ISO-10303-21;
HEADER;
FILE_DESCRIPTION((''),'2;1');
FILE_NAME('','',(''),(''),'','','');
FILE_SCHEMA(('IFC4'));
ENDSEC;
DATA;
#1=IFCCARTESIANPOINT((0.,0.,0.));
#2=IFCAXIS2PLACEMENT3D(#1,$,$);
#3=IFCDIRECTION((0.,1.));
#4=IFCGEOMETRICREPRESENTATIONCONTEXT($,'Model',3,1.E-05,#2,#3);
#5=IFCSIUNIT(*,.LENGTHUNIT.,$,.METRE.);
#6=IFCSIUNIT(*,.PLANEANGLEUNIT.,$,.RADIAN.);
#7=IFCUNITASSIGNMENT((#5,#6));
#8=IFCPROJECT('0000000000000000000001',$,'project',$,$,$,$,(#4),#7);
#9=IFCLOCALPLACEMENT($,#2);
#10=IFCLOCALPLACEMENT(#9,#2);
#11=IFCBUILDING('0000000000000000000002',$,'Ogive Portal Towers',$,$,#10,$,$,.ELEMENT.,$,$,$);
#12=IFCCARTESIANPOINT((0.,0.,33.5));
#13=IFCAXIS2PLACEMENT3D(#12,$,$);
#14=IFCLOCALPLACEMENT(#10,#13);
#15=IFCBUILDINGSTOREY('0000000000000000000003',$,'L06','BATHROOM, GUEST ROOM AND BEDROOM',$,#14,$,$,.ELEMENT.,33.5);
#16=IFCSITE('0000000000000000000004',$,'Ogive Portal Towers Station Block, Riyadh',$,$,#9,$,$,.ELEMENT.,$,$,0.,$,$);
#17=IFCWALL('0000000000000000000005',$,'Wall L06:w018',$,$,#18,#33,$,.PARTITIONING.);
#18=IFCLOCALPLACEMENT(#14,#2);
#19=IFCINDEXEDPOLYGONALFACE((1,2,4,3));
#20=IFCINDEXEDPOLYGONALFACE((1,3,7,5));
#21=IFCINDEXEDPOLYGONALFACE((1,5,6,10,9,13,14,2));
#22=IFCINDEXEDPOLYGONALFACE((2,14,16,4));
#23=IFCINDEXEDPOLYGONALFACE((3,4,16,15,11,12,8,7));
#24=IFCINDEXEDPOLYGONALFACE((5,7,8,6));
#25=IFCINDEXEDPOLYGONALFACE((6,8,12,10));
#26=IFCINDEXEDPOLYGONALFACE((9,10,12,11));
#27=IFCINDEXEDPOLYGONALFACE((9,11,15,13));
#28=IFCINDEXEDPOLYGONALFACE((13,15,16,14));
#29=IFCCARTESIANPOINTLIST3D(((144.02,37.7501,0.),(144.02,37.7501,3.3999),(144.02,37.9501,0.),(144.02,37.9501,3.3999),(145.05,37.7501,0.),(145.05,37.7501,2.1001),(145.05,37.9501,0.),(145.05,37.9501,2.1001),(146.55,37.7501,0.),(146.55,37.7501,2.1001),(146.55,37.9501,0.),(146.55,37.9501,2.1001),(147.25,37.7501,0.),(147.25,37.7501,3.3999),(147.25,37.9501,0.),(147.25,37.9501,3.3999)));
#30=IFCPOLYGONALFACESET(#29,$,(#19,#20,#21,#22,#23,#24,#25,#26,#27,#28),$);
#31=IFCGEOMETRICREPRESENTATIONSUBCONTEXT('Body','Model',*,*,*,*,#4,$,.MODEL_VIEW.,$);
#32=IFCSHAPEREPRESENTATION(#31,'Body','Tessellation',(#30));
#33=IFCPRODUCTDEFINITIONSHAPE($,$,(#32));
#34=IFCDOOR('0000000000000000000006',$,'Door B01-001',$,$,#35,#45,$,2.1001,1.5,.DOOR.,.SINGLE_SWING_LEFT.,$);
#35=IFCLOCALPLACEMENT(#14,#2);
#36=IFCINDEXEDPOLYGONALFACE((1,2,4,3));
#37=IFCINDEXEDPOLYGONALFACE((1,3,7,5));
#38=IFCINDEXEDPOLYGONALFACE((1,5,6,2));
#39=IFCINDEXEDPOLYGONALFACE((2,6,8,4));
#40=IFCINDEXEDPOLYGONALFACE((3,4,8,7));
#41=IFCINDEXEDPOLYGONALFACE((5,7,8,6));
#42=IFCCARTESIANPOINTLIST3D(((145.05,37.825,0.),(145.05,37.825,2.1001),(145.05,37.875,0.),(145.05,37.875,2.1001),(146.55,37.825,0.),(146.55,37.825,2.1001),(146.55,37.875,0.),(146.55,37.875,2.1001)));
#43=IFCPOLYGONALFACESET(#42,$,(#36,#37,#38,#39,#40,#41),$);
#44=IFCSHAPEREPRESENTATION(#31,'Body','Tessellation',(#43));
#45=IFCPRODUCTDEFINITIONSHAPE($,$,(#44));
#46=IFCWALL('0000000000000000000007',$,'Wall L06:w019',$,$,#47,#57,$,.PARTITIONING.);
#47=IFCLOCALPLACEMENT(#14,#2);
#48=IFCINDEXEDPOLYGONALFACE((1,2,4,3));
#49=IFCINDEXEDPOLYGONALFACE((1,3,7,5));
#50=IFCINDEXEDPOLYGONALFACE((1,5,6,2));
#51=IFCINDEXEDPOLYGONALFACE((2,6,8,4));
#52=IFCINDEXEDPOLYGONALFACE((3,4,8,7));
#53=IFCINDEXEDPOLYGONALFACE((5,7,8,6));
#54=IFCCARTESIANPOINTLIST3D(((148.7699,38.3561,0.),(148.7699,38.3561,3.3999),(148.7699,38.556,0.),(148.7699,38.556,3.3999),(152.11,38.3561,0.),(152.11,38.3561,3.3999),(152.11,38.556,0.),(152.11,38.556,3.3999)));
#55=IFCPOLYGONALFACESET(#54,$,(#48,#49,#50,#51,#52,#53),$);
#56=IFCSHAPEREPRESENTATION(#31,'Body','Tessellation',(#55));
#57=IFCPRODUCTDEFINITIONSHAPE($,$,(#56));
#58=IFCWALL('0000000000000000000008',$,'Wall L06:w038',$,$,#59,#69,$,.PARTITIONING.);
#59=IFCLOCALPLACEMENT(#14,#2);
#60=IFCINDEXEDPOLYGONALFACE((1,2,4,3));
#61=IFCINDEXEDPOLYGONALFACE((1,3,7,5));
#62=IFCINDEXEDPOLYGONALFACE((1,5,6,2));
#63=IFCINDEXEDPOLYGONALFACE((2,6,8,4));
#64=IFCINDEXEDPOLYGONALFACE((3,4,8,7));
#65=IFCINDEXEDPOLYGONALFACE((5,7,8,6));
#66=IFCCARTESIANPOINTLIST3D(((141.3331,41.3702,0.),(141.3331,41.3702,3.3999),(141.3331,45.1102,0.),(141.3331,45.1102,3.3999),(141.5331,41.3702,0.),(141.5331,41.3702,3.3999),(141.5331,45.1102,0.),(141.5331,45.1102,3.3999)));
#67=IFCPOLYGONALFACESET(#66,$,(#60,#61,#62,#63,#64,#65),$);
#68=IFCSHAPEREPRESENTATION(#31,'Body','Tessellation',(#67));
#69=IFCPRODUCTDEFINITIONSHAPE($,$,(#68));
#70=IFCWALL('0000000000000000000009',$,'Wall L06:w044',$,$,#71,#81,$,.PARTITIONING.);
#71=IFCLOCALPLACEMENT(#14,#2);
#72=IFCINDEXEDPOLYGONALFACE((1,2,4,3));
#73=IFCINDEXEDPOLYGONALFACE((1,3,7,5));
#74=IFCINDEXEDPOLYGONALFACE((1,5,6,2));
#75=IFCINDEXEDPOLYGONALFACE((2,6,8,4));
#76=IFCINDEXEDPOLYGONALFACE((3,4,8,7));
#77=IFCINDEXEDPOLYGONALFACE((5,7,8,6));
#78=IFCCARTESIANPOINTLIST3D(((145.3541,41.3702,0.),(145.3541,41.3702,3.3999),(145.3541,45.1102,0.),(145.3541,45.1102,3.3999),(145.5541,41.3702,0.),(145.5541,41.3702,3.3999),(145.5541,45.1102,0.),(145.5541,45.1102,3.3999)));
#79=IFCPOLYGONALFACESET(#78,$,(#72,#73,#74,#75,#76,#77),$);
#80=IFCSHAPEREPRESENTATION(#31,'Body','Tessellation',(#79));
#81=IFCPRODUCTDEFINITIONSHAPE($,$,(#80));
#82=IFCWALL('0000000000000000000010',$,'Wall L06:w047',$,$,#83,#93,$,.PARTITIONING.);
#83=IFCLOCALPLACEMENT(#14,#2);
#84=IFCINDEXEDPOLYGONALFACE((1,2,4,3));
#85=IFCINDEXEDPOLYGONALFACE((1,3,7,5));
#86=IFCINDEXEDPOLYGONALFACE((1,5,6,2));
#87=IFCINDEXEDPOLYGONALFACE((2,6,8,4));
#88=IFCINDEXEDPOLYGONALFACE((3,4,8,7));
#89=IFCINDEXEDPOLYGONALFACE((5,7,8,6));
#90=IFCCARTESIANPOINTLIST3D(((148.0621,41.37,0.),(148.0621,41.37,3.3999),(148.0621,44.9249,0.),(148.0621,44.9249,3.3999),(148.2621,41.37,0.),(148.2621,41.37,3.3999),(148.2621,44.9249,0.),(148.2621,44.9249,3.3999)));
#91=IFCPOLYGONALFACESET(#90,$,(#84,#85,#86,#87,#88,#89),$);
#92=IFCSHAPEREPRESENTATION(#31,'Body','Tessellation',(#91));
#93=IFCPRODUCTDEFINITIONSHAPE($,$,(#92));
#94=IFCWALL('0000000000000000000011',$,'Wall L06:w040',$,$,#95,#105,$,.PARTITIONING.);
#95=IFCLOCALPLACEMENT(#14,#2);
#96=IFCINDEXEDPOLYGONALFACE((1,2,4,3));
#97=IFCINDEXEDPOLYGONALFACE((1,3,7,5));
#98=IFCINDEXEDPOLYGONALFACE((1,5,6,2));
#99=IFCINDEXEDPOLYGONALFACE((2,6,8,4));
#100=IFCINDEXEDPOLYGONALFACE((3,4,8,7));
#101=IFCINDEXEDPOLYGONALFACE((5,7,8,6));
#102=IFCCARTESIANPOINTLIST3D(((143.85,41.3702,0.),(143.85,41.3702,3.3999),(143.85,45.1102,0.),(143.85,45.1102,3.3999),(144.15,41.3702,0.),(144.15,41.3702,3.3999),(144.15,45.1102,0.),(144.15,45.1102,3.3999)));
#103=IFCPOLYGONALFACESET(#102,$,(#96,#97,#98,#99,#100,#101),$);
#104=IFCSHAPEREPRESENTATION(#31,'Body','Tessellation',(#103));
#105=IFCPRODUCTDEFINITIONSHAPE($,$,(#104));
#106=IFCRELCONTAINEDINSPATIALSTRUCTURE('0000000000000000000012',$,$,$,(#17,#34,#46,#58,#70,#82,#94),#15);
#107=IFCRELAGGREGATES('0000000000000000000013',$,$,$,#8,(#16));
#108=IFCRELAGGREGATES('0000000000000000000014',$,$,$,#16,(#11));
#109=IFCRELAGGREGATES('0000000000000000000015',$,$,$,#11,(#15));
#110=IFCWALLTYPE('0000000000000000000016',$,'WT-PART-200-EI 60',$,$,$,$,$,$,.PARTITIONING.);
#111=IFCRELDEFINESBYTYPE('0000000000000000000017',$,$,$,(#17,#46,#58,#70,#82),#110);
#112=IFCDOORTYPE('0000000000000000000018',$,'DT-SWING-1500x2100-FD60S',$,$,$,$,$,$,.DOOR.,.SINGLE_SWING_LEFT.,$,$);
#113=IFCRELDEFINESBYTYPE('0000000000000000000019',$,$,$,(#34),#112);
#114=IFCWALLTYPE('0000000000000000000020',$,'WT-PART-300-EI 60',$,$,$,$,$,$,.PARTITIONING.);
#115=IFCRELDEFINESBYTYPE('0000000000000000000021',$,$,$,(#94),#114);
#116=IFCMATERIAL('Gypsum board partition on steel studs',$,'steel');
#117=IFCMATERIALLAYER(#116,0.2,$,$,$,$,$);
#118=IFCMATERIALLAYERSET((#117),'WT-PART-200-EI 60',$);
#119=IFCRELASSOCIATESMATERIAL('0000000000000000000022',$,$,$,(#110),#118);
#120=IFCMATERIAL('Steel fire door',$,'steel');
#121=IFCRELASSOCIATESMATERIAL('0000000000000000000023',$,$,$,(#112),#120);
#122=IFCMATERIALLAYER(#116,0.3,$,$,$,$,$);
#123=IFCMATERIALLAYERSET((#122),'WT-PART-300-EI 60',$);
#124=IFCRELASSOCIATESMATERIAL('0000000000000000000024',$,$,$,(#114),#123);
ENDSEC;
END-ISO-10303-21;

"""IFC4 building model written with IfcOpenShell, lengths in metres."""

from ifc_helpers import new_model, si_unit, direction, frame, frame_2d, origin, place, context, subcontext, project, spatial, rectangle, extrude, material, layer, layer_set, type_object, element, fill, save


model = new_model("IFC4")

# Units and contexts
model_context = context("Model", 3, precision=1e-05, world=origin(), true_north=direction((0.0, 1.0)))
body_context = subcontext(model_context, "Body", "Model", "MODEL_VIEW")
ifc_project = project(units=[si_unit("LENGTHUNIT", "METRE"), si_unit("PLANEANGLEUNIT", "RADIAN")], contexts=[model_context])

# Site, building, storey
site_placement = place(None, origin())
site = spatial("IfcSite", under=ifc_project, at=site_placement, Name="Ogive Portal Towers Station Block, Riyadh", CompositionType="ELEMENT", RefElevation=0.0)
building_placement = place(site_placement, origin())
building = spatial("IfcBuilding", under=site, at=building_placement, Name="Ogive Portal Towers", CompositionType="ELEMENT")
storey_placement = place(building_placement, frame((0.0, 0.0, 33.5)))
storey = spatial("IfcBuildingStorey", under=building, at=storey_placement, Name="L06", Description="BATHROOM, GUEST ROOM AND BEDROOM", CompositionType="ELEMENT", Elevation=33.5)

# Shared definitions
ifc_material_1 = material(Name="Gypsum board partition on steel studs", Category="steel")
ifc_layer_1 = layer(ifc_material_1, 0.2)
ifc_layer_set_1 = layer_set([ifc_layer_1], Name="WT-PART-200-EI 60")
wall_type_1 = type_object("IfcWallType", Name="WT-PART-200-EI 60", PredefinedType="PARTITIONING", material=ifc_layer_set_1)

# Wall, opening, door
wall_1_placement = place(storey_placement, frame((144.02, 37.8501, 0.0), z_axis=(0.0, 0.0, 1.0), x_axis=(1.0, 0.0, 0.0)))
wall_1 = element("IfcWall", 1, at=wall_1_placement, inside=storey, type_object=wall_type_1, Name="Wall L06:w018", PredefinedType="PARTITIONING", context=body_context, shape_type="SweptSolid", body=[
    extrude(rectangle(XDim=3.23, YDim=0.2, at=frame_2d((1.615, 0.0))), origin(), (0.0, 0.0, 1.0), 3.3999),
])
opening_placement = place(wall_1_placement, frame((1.03, 0.0, 0.0)))
opening = element("IfcOpeningElement", 2, at=opening_placement, cuts=wall_1, PredefinedType="OPENING", context=body_context, shape_type="SweptSolid", body=[
    extrude(rectangle(XDim=1.5, YDim=2.1001, at=frame_2d((0.75, 1.05))), frame((0.0, 0.1099, 0.0), z_axis=(0.0, -1.0, 0.0), x_axis=(1.0, 0.0, 0.0)), (0.0, 0.0, 1.0), 0.22),
])
ifc_material_2 = material(Name="Steel fire door", Category="steel")
door_type = type_object("IfcDoorType", Name="DT-SWING-1500x2100-FD60S", OperationType="SINGLE_SWING_LEFT", PredefinedType="DOOR", material=ifc_material_2)
door_placement = place(opening_placement, origin())
door = element("IfcDoor", 3, at=door_placement, inside=storey, type_object=door_type, Name="Door B01-001", OperationType="SINGLE_SWING_LEFT", OverallHeight=2.1001, OverallWidth=1.5, PredefinedType="DOOR", context=body_context, shape_type="SweptSolid", body=[
    extrude(rectangle(XDim=1.5, YDim=2.1001, at=frame_2d((0.75, 1.05))), frame((0.0, 0.0249, 0.0), z_axis=(0.0, -1.0, 0.0), x_axis=(1.0, 0.0, 0.0)), (0.0, 0.0, 1.0), 0.05),
])
fill(opening, door)

# Walls
wall_2_placement = place(storey_placement, frame((148.77, 38.4561, 0.0), z_axis=(0.0, 0.0, 1.0), x_axis=(1.0, 0.0, 0.0)))
element("IfcWall", 4, at=wall_2_placement, inside=storey, type_object=wall_type_1, Name="Wall L06:w019", PredefinedType="PARTITIONING", context=body_context, shape_type="SweptSolid", body=[
    extrude(rectangle(XDim=3.3401, YDim=0.2, at=frame_2d((1.6699, 0.0))), origin(), (0.0, 0.0, 1.0), 3.3999),
])
for number, where, z_axis, x_axis, name in (
    (5, (141.4331, 41.3701, 0.0), (0.0, 0.0, 1.0), (0.0, 1.0, 0.0), "Wall L06:w038"),
    (6, (145.4541, 41.3701, 0.0), (0.0, 0.0, 1.0), (0.0, 1.0, 0.0), "Wall L06:w044"),
):
    element("IfcWall", number, at=place(storey_placement, frame(where, z_axis=z_axis, x_axis=x_axis)), inside=storey, type_object=wall_type_1, Name=name, PredefinedType="PARTITIONING", context=body_context, shape_type="SweptSolid", body=[
        extrude(rectangle(XDim=3.74, YDim=0.2, at=frame_2d((1.8701, 0.0))), origin(), (0.0, 0.0, 1.0), 3.3999),
    ])
wall_3_placement = place(storey_placement, frame((148.1621, 41.3701, 0.0), z_axis=(0.0, 0.0, 1.0), x_axis=(0.0, 1.0, 0.0)))
element("IfcWall", 7, at=wall_3_placement, inside=storey, type_object=wall_type_1, Name="Wall L06:w047", PredefinedType="PARTITIONING", context=body_context, shape_type="SweptSolid", body=[
    extrude(rectangle(XDim=3.5549, YDim=0.2, at=frame_2d((1.7773, 0.0))), origin(), (0.0, 0.0, 1.0), 3.3999),
])
ifc_layer_2 = layer(ifc_material_1, 0.3)
ifc_layer_set_2 = layer_set([ifc_layer_2], Name="WT-PART-300-EI 60")
wall_type_2 = type_object("IfcWallType", Name="WT-PART-300-EI 60", PredefinedType="PARTITIONING", material=ifc_layer_set_2)
wall_4_placement = place(storey_placement, frame((144.0, 41.3701, 0.0), z_axis=(0.0, 0.0, 1.0), x_axis=(0.0, 1.0, 0.0)))
element("IfcWall", 8, at=wall_4_placement, inside=storey, type_object=wall_type_2, Name="Wall L06:w040", PredefinedType="PARTITIONING", context=body_context, shape_type="SweptSolid", body=[
    extrude(rectangle(XDim=3.74, YDim=0.3, at=frame_2d((1.8701, 0.0))), origin(), (0.0, 0.0, 1.0), 3.3999),
])

save(model, "model.ifc")
